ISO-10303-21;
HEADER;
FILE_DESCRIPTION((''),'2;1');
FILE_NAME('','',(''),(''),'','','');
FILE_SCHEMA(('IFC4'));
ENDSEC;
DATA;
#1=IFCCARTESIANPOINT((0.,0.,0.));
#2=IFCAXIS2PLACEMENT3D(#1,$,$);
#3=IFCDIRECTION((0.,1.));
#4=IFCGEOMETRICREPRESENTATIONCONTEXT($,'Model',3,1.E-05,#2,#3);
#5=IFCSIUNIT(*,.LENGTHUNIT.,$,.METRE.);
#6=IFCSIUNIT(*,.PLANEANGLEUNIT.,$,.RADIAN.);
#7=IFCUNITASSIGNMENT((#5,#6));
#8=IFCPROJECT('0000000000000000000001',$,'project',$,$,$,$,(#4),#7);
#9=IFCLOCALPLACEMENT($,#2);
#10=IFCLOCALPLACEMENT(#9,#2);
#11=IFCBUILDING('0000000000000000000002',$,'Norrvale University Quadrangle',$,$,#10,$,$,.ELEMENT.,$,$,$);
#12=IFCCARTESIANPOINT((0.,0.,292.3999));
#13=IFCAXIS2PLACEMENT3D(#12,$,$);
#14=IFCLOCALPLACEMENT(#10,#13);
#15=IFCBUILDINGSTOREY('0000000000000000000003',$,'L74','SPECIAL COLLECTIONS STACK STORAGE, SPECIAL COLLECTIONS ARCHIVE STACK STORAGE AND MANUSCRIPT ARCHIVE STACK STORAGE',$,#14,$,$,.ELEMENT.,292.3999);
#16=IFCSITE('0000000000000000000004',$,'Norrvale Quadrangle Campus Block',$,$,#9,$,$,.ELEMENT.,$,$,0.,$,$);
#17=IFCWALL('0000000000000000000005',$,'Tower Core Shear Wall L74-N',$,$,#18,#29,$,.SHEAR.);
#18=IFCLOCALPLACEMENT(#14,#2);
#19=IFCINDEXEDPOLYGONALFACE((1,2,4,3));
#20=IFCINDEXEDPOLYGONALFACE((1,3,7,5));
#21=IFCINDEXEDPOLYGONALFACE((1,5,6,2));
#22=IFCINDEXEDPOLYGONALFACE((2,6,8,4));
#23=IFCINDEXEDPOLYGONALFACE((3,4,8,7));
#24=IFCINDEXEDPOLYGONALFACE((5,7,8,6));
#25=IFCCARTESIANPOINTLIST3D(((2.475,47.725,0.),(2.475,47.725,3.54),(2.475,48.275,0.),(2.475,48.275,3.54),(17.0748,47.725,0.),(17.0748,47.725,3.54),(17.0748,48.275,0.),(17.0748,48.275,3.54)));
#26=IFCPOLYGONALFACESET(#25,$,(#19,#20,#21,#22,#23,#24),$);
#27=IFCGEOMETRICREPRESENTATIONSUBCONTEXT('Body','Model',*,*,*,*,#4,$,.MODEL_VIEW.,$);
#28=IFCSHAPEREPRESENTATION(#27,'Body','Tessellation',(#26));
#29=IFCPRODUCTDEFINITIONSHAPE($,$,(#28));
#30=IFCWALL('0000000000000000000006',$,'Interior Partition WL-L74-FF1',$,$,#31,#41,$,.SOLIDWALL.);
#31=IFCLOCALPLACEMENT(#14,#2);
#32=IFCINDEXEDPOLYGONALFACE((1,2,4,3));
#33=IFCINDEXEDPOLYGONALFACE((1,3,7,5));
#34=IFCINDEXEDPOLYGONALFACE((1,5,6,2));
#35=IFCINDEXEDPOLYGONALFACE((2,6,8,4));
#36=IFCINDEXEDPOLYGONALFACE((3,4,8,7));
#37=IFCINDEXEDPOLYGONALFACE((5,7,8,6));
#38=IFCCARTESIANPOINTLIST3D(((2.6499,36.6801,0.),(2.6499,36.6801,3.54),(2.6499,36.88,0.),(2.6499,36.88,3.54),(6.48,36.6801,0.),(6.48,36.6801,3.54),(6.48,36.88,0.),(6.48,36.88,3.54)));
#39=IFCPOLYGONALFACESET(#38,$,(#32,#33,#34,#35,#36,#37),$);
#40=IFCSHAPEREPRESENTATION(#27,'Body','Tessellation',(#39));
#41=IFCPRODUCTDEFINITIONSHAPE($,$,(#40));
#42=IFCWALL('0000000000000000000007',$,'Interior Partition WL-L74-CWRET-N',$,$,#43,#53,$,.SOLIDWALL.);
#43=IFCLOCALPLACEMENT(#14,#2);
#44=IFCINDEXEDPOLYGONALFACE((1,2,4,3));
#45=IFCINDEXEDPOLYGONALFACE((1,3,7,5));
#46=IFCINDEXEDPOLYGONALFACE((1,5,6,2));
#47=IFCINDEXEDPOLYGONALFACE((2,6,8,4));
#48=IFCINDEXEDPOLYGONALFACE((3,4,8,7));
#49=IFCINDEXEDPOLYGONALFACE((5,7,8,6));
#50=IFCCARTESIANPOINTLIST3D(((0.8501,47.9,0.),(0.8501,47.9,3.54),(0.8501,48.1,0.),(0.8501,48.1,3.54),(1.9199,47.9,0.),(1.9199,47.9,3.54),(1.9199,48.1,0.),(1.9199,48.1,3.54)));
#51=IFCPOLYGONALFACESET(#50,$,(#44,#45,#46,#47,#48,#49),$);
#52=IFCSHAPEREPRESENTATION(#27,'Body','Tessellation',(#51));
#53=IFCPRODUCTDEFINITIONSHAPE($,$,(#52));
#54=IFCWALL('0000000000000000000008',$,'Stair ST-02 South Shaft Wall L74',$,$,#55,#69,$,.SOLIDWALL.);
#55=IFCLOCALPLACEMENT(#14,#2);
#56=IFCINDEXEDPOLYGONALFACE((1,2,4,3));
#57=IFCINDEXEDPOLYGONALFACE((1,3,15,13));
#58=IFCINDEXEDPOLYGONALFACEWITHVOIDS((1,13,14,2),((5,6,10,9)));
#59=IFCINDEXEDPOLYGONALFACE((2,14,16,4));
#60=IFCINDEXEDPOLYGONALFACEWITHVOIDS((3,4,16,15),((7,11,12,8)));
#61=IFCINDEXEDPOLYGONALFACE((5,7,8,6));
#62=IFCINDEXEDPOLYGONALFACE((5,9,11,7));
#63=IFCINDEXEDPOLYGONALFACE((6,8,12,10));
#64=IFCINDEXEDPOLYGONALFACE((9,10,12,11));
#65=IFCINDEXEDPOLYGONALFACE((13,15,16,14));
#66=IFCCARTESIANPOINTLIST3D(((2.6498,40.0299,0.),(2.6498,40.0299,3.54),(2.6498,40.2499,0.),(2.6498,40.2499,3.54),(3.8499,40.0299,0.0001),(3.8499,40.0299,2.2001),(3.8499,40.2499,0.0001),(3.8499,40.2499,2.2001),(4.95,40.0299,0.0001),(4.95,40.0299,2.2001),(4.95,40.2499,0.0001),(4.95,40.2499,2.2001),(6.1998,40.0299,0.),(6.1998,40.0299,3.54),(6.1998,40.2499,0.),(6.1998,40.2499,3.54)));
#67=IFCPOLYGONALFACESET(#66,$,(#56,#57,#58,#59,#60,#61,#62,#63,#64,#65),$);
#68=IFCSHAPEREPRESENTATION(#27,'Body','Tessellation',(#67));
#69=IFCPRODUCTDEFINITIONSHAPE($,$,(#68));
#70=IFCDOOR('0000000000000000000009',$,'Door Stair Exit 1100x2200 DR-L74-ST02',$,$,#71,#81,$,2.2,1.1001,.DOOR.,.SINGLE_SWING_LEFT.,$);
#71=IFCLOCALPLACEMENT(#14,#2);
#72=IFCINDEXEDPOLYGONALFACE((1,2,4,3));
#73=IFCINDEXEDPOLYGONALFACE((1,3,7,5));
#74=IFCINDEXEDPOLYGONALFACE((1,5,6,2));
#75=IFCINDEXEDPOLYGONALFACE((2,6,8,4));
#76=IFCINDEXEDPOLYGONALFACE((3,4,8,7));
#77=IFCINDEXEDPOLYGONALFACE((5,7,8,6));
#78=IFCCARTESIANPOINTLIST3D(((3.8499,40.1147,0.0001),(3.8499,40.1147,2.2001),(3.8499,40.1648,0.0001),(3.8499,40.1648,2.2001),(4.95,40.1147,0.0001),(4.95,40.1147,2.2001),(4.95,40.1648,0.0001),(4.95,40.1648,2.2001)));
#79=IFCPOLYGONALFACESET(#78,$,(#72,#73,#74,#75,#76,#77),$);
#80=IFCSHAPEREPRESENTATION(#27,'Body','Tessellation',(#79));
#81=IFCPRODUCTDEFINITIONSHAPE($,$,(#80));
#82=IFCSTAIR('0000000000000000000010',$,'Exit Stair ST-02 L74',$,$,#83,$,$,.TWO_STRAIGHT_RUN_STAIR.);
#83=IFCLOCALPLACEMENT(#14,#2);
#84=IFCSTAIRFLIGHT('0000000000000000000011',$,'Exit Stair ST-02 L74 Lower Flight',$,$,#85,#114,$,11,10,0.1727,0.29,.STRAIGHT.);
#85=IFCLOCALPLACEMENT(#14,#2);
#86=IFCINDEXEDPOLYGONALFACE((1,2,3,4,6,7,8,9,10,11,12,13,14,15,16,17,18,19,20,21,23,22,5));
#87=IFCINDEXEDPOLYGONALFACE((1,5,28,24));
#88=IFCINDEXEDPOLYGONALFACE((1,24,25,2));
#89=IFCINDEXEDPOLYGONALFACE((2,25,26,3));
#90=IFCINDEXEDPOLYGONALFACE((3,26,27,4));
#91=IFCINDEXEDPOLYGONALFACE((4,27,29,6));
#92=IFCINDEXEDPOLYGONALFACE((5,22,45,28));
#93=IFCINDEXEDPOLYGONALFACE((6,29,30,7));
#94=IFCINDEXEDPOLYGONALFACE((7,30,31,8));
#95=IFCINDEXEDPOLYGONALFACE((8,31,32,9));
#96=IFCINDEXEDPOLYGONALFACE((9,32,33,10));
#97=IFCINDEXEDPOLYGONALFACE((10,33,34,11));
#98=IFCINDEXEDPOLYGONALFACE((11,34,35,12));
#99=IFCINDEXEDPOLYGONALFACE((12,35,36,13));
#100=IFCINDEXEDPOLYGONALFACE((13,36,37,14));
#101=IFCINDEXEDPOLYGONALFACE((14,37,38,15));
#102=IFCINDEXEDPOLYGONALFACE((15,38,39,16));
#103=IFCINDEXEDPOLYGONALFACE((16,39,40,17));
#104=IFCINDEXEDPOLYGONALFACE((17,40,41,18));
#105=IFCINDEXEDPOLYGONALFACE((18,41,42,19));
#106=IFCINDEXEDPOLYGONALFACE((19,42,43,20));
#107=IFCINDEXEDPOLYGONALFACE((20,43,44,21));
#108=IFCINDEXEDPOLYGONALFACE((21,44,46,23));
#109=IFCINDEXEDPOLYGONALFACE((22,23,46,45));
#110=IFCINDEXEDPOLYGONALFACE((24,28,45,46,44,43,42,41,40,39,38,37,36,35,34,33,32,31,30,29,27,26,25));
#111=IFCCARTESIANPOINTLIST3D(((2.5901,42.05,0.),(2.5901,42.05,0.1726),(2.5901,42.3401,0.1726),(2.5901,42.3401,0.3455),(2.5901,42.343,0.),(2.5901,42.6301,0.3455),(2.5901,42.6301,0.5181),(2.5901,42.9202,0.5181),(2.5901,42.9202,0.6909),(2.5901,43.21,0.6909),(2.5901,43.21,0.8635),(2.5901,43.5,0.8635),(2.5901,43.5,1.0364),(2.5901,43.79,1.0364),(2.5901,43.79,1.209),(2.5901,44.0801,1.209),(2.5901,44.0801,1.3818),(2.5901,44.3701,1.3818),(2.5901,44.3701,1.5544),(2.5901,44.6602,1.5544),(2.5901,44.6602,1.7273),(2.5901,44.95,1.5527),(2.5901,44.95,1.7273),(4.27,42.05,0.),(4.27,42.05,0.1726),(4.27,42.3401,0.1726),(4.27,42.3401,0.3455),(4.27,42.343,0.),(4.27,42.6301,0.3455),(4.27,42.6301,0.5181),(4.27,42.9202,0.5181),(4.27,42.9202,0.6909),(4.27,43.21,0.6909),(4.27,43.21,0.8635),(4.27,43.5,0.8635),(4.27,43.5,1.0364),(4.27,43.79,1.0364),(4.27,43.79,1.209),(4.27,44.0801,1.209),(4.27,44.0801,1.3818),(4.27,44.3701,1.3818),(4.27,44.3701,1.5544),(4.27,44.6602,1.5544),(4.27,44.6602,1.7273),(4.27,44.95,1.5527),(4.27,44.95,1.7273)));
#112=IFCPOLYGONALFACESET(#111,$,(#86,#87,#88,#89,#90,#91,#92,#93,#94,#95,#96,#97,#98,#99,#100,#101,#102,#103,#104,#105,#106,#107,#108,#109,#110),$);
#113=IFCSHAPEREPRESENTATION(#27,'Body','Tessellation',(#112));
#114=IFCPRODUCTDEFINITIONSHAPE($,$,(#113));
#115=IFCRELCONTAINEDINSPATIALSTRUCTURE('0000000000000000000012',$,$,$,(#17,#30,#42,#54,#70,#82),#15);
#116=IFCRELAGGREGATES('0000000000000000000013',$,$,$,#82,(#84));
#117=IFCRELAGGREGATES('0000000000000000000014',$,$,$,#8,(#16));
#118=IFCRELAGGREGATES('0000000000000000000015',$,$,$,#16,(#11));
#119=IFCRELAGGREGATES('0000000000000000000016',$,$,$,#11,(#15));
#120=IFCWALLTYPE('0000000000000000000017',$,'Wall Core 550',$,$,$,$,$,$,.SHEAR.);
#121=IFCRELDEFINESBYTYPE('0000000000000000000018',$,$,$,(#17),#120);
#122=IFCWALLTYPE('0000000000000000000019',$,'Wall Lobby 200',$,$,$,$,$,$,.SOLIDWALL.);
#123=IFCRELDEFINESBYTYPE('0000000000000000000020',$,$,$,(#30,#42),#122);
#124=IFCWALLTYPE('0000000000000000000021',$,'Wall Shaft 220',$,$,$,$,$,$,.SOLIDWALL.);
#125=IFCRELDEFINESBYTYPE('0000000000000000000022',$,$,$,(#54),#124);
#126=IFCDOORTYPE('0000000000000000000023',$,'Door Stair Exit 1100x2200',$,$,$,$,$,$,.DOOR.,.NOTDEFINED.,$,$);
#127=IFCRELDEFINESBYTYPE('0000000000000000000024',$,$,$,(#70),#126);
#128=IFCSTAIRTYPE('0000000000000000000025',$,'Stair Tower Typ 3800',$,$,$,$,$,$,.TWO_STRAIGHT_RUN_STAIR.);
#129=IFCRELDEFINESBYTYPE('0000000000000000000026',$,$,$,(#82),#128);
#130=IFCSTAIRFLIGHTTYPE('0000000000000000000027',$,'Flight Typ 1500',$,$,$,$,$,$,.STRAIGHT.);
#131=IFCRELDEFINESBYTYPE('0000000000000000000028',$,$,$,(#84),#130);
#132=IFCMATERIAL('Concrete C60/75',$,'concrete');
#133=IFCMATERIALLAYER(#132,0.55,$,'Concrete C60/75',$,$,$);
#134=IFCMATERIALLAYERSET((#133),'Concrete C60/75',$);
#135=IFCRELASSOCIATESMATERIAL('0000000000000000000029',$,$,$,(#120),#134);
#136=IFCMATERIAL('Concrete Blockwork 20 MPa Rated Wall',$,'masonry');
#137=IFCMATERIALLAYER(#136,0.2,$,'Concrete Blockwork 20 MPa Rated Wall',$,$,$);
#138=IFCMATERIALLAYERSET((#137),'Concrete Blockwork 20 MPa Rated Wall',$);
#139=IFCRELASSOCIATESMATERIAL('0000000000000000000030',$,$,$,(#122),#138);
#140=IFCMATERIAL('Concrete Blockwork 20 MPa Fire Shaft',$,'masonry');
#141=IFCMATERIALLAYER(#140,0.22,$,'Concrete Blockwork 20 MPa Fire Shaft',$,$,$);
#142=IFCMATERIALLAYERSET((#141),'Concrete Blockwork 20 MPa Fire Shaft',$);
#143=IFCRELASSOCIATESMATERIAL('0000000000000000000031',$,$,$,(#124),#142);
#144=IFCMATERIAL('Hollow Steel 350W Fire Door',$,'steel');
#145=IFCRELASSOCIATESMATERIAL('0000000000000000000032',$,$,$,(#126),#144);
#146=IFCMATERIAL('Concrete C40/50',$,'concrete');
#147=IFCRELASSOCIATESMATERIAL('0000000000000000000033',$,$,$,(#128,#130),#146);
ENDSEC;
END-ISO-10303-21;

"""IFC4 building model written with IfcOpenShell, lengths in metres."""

from ifc_helpers import new_model, si_unit, direction, frame, frame_2d, origin, place, context, subcontext, project, spatial, polyline, rectangle, outline, extrude, material, layer, layer_set, type_object, element, fill, aggregate, save


model = new_model("IFC4")

# Units and contexts
model_context = context("Model", 3, precision=1e-05, world=origin(), true_north=direction((0.0, 1.0)))
body_context = subcontext(model_context, "Body", "Model", "MODEL_VIEW")
ifc_project = project(units=[si_unit("LENGTHUNIT", "METRE"), si_unit("PLANEANGLEUNIT", "RADIAN")], contexts=[model_context])

# Site, building, storey
site_placement = place(None, origin())
site = spatial("IfcSite", under=ifc_project, at=site_placement, Name="Norrvale Quadrangle Campus Block", CompositionType="ELEMENT", RefElevation=0.0)
building_placement = place(site_placement, origin())
building = spatial("IfcBuilding", under=site, at=building_placement, Name="Norrvale University Quadrangle", CompositionType="ELEMENT")
storey_placement = place(building_placement, frame((0.0, 0.0, 292.3999)))
storey = spatial("IfcBuildingStorey", under=building, at=storey_placement, Name="L74", Description="SPECIAL COLLECTIONS STACK STORAGE, SPECIAL COLLECTIONS ARCHIVE STACK STORAGE AND MANUSCRIPT ARCHIVE STACK STORAGE", CompositionType="ELEMENT", Elevation=292.3999)

# Shared definitions
ifc_material_1 = material(Name="Concrete C60/75", Category="concrete")

# Walls
ifc_layer_1 = layer(ifc_material_1, 0.55, Name="Concrete C60/75")
ifc_layer_set_1 = layer_set([ifc_layer_1], Name="Concrete C60/75")
wall_type_1 = type_object("IfcWallType", Name="Wall Core 550", PredefinedType="SHEAR", material=ifc_layer_set_1)
wall_1_placement = place(storey_placement, frame((2.4751, 48.0, 0.0), z_axis=(0.0, 0.0, 1.0), x_axis=(1.0, 0.0, 0.0)))
element("IfcWall", 1, at=wall_1_placement, inside=storey, type_object=wall_type_1, Name="Tower Core Shear Wall L74-N", PredefinedType="SHEAR", context=body_context, shape_type="SweptSolid", body=[
    extrude(rectangle(XDim=14.5999, YDim=0.55, at=frame_2d((7.2998, 0.0))), origin(), (0.0, 0.0, 1.0), 3.54),
])
ifc_material_2 = material(Name="Concrete Blockwork 20 MPa Rated Wall", Category="masonry")
ifc_layer_2 = layer(ifc_material_2, 0.2, Name="Concrete Blockwork 20 MPa Rated Wall")
ifc_layer_set_2 = layer_set([ifc_layer_2], Name="Concrete Blockwork 20 MPa Rated Wall")
wall_type_2 = type_object("IfcWallType", Name="Wall Lobby 200", PredefinedType="SOLIDWALL", material=ifc_layer_set_2)
wall_2_placement = place(storey_placement, frame((2.6499, 36.78, 0.0), z_axis=(0.0, 0.0, 1.0), x_axis=(1.0, 0.0, 0.0)))
element("IfcWall", 2, at=wall_2_placement, inside=storey, type_object=wall_type_2, Name="Interior Partition WL-L74-FF1", PredefinedType="SOLIDWALL", context=body_context, shape_type="SweptSolid", body=[
    extrude(rectangle(XDim=3.8301, YDim=0.2, at=frame_2d((1.915, 0.0))), origin(), (0.0, 0.0, 1.0), 3.54),
])
wall_3_placement = place(storey_placement, frame((0.8501, 48.0, 0.0), z_axis=(0.0, 0.0, 1.0), x_axis=(1.0, 0.0, 0.0)))
element("IfcWall", 3, at=wall_3_placement, inside=storey, type_object=wall_type_2, Name="Interior Partition WL-L74-CWRET-N", PredefinedType="SOLIDWALL", context=body_context, shape_type="SweptSolid", body=[
    extrude(rectangle(XDim=1.0698, YDim=0.2, at=frame_2d((0.5349, 0.0))), origin(), (0.0, 0.0, 1.0), 3.54),
])

# Wall, opening, door
ifc_material_3 = material(Name="Concrete Blockwork 20 MPa Fire Shaft", Category="masonry")
ifc_layer_3 = layer(ifc_material_3, 0.22, Name="Concrete Blockwork 20 MPa Fire Shaft")
ifc_layer_set_3 = layer_set([ifc_layer_3], Name="Concrete Blockwork 20 MPa Fire Shaft")
wall_type_3 = type_object("IfcWallType", Name="Wall Shaft 220", PredefinedType="SOLIDWALL", material=ifc_layer_set_3)
wall_4_placement = place(storey_placement, frame((2.6499, 40.1399, 0.0), z_axis=(0.0, 0.0, 1.0), x_axis=(1.0, 0.0, 0.0)))
wall_4 = element("IfcWall", 4, at=wall_4_placement, inside=storey, type_object=wall_type_3, Name="Stair ST-02 South Shaft Wall L74", PredefinedType="SOLIDWALL", context=body_context, shape_type="SweptSolid", body=[
    extrude(rectangle(XDim=3.55, YDim=0.22, at=frame_2d((1.7749, 0.0))), origin(), (0.0, 0.0, 1.0), 3.54),
])
opening_1_placement = place(wall_4_placement, frame((1.2, 0.0, 0.0)))
opening_1 = element("IfcOpeningElement", 5, at=opening_1_placement, cuts=wall_4, PredefinedType="OPENING", context=body_context, shape_type="SweptSolid", body=[
    extrude(rectangle(XDim=1.1001, YDim=2.2, at=frame_2d((0.55, 1.1001))), frame((0.0, 0.1221, 0.0), z_axis=(0.0, -1.0, 0.0), x_axis=(1.0, 0.0, 0.0)), (0.0, 0.0, 1.0), 0.2439),
])
ifc_material_4 = material(Name="Hollow Steel 350W Fire Door", Category="steel")
door_type = type_object("IfcDoorType", Name="Door Stair Exit 1100x2200", OperationType="NOTDEFINED", PredefinedType="DOOR", material=ifc_material_4)
door_placement = place(opening_1_placement, origin())
door = element("IfcDoor", 6, at=door_placement, inside=storey, type_object=door_type, Name="Door Stair Exit 1100x2200 DR-L74-ST02", OperationType="SINGLE_SWING_LEFT", OverallHeight=2.2, OverallWidth=1.1001, PredefinedType="DOOR", context=body_context, shape_type="SweptSolid", body=[
    extrude(rectangle(XDim=1.1001, YDim=2.2, at=frame_2d((0.55, 1.1001))), frame((0.0, 0.0249, 0.0), z_axis=(0.0, -1.0, 0.0), x_axis=(1.0, 0.0, 0.0)), (0.0, 0.0, 1.0), 0.05),
])
fill(opening_1, door)

# Stair, stair flight
ifc_material_5 = material(Name="Concrete C40/50", Category="concrete")
stair_type = type_object("IfcStairType", Name="Stair Tower Typ 3800", PredefinedType="TWO_STRAIGHT_RUN_STAIR", material=ifc_material_5)
stair_placement = place(storey_placement, origin())
stair = element("IfcStair", 7, at=stair_placement, inside=storey, type_object=stair_type, Name="Exit Stair ST-02 L74", PredefinedType="TWO_STRAIGHT_RUN_STAIR")
stair_flight_type = type_object("IfcStairFlightType", Name="Flight Typ 1500", PredefinedType="STRAIGHT", material=ifc_material_5)
stair_flight_placement = place(storey_placement, frame((3.4299, 42.05, 0.0), z_axis=(0.0, 0.0, 1.0), x_axis=(0.0, 1.0, 0.0)))
stair_flight = element("IfcStairFlight", 8, at=stair_flight_placement, type_object=stair_flight_type, Name="Exit Stair ST-02 L74 Lower Flight", NumberOfRisers=11, NumberOfTreads=10, PredefinedType="STRAIGHT", RiserHeight=0.1727, TreadLength=0.29, context=body_context, shape_type="SweptSolid", body=[
    extrude(outline(polyline([(0.0, 0.0), (0.0, 0.1726), (0.29, 0.1726), (0.29, 0.3455), (0.5801, 0.3455), (0.5801, 0.5181), (0.8701, 0.5181), (0.8701, 0.6909), (1.1599, 0.6909), (1.1599, 0.8635), (1.45, 0.8635), (1.45, 1.0364), (1.74, 1.0364), (1.74, 1.209), (2.03, 1.209), (2.03, 1.3818), (2.3201, 1.3818), (2.3201, 1.5544), (2.6101, 1.5544), (2.6101, 1.7273), (2.8999, 1.7273), (2.8999, 1.8999), (2.8999, 1.5527), (0.293, 0.0), (0.0, 0.0)])), frame((0.0, 0.8398, 0.0), z_axis=(0.0, -1.0, 0.0), x_axis=(1.0, 0.0, 0.0)), (0.0, 0.0, 1.0), 1.6799),
])
aggregate(stair, [stair_flight])

save(model, "model.ifc")
